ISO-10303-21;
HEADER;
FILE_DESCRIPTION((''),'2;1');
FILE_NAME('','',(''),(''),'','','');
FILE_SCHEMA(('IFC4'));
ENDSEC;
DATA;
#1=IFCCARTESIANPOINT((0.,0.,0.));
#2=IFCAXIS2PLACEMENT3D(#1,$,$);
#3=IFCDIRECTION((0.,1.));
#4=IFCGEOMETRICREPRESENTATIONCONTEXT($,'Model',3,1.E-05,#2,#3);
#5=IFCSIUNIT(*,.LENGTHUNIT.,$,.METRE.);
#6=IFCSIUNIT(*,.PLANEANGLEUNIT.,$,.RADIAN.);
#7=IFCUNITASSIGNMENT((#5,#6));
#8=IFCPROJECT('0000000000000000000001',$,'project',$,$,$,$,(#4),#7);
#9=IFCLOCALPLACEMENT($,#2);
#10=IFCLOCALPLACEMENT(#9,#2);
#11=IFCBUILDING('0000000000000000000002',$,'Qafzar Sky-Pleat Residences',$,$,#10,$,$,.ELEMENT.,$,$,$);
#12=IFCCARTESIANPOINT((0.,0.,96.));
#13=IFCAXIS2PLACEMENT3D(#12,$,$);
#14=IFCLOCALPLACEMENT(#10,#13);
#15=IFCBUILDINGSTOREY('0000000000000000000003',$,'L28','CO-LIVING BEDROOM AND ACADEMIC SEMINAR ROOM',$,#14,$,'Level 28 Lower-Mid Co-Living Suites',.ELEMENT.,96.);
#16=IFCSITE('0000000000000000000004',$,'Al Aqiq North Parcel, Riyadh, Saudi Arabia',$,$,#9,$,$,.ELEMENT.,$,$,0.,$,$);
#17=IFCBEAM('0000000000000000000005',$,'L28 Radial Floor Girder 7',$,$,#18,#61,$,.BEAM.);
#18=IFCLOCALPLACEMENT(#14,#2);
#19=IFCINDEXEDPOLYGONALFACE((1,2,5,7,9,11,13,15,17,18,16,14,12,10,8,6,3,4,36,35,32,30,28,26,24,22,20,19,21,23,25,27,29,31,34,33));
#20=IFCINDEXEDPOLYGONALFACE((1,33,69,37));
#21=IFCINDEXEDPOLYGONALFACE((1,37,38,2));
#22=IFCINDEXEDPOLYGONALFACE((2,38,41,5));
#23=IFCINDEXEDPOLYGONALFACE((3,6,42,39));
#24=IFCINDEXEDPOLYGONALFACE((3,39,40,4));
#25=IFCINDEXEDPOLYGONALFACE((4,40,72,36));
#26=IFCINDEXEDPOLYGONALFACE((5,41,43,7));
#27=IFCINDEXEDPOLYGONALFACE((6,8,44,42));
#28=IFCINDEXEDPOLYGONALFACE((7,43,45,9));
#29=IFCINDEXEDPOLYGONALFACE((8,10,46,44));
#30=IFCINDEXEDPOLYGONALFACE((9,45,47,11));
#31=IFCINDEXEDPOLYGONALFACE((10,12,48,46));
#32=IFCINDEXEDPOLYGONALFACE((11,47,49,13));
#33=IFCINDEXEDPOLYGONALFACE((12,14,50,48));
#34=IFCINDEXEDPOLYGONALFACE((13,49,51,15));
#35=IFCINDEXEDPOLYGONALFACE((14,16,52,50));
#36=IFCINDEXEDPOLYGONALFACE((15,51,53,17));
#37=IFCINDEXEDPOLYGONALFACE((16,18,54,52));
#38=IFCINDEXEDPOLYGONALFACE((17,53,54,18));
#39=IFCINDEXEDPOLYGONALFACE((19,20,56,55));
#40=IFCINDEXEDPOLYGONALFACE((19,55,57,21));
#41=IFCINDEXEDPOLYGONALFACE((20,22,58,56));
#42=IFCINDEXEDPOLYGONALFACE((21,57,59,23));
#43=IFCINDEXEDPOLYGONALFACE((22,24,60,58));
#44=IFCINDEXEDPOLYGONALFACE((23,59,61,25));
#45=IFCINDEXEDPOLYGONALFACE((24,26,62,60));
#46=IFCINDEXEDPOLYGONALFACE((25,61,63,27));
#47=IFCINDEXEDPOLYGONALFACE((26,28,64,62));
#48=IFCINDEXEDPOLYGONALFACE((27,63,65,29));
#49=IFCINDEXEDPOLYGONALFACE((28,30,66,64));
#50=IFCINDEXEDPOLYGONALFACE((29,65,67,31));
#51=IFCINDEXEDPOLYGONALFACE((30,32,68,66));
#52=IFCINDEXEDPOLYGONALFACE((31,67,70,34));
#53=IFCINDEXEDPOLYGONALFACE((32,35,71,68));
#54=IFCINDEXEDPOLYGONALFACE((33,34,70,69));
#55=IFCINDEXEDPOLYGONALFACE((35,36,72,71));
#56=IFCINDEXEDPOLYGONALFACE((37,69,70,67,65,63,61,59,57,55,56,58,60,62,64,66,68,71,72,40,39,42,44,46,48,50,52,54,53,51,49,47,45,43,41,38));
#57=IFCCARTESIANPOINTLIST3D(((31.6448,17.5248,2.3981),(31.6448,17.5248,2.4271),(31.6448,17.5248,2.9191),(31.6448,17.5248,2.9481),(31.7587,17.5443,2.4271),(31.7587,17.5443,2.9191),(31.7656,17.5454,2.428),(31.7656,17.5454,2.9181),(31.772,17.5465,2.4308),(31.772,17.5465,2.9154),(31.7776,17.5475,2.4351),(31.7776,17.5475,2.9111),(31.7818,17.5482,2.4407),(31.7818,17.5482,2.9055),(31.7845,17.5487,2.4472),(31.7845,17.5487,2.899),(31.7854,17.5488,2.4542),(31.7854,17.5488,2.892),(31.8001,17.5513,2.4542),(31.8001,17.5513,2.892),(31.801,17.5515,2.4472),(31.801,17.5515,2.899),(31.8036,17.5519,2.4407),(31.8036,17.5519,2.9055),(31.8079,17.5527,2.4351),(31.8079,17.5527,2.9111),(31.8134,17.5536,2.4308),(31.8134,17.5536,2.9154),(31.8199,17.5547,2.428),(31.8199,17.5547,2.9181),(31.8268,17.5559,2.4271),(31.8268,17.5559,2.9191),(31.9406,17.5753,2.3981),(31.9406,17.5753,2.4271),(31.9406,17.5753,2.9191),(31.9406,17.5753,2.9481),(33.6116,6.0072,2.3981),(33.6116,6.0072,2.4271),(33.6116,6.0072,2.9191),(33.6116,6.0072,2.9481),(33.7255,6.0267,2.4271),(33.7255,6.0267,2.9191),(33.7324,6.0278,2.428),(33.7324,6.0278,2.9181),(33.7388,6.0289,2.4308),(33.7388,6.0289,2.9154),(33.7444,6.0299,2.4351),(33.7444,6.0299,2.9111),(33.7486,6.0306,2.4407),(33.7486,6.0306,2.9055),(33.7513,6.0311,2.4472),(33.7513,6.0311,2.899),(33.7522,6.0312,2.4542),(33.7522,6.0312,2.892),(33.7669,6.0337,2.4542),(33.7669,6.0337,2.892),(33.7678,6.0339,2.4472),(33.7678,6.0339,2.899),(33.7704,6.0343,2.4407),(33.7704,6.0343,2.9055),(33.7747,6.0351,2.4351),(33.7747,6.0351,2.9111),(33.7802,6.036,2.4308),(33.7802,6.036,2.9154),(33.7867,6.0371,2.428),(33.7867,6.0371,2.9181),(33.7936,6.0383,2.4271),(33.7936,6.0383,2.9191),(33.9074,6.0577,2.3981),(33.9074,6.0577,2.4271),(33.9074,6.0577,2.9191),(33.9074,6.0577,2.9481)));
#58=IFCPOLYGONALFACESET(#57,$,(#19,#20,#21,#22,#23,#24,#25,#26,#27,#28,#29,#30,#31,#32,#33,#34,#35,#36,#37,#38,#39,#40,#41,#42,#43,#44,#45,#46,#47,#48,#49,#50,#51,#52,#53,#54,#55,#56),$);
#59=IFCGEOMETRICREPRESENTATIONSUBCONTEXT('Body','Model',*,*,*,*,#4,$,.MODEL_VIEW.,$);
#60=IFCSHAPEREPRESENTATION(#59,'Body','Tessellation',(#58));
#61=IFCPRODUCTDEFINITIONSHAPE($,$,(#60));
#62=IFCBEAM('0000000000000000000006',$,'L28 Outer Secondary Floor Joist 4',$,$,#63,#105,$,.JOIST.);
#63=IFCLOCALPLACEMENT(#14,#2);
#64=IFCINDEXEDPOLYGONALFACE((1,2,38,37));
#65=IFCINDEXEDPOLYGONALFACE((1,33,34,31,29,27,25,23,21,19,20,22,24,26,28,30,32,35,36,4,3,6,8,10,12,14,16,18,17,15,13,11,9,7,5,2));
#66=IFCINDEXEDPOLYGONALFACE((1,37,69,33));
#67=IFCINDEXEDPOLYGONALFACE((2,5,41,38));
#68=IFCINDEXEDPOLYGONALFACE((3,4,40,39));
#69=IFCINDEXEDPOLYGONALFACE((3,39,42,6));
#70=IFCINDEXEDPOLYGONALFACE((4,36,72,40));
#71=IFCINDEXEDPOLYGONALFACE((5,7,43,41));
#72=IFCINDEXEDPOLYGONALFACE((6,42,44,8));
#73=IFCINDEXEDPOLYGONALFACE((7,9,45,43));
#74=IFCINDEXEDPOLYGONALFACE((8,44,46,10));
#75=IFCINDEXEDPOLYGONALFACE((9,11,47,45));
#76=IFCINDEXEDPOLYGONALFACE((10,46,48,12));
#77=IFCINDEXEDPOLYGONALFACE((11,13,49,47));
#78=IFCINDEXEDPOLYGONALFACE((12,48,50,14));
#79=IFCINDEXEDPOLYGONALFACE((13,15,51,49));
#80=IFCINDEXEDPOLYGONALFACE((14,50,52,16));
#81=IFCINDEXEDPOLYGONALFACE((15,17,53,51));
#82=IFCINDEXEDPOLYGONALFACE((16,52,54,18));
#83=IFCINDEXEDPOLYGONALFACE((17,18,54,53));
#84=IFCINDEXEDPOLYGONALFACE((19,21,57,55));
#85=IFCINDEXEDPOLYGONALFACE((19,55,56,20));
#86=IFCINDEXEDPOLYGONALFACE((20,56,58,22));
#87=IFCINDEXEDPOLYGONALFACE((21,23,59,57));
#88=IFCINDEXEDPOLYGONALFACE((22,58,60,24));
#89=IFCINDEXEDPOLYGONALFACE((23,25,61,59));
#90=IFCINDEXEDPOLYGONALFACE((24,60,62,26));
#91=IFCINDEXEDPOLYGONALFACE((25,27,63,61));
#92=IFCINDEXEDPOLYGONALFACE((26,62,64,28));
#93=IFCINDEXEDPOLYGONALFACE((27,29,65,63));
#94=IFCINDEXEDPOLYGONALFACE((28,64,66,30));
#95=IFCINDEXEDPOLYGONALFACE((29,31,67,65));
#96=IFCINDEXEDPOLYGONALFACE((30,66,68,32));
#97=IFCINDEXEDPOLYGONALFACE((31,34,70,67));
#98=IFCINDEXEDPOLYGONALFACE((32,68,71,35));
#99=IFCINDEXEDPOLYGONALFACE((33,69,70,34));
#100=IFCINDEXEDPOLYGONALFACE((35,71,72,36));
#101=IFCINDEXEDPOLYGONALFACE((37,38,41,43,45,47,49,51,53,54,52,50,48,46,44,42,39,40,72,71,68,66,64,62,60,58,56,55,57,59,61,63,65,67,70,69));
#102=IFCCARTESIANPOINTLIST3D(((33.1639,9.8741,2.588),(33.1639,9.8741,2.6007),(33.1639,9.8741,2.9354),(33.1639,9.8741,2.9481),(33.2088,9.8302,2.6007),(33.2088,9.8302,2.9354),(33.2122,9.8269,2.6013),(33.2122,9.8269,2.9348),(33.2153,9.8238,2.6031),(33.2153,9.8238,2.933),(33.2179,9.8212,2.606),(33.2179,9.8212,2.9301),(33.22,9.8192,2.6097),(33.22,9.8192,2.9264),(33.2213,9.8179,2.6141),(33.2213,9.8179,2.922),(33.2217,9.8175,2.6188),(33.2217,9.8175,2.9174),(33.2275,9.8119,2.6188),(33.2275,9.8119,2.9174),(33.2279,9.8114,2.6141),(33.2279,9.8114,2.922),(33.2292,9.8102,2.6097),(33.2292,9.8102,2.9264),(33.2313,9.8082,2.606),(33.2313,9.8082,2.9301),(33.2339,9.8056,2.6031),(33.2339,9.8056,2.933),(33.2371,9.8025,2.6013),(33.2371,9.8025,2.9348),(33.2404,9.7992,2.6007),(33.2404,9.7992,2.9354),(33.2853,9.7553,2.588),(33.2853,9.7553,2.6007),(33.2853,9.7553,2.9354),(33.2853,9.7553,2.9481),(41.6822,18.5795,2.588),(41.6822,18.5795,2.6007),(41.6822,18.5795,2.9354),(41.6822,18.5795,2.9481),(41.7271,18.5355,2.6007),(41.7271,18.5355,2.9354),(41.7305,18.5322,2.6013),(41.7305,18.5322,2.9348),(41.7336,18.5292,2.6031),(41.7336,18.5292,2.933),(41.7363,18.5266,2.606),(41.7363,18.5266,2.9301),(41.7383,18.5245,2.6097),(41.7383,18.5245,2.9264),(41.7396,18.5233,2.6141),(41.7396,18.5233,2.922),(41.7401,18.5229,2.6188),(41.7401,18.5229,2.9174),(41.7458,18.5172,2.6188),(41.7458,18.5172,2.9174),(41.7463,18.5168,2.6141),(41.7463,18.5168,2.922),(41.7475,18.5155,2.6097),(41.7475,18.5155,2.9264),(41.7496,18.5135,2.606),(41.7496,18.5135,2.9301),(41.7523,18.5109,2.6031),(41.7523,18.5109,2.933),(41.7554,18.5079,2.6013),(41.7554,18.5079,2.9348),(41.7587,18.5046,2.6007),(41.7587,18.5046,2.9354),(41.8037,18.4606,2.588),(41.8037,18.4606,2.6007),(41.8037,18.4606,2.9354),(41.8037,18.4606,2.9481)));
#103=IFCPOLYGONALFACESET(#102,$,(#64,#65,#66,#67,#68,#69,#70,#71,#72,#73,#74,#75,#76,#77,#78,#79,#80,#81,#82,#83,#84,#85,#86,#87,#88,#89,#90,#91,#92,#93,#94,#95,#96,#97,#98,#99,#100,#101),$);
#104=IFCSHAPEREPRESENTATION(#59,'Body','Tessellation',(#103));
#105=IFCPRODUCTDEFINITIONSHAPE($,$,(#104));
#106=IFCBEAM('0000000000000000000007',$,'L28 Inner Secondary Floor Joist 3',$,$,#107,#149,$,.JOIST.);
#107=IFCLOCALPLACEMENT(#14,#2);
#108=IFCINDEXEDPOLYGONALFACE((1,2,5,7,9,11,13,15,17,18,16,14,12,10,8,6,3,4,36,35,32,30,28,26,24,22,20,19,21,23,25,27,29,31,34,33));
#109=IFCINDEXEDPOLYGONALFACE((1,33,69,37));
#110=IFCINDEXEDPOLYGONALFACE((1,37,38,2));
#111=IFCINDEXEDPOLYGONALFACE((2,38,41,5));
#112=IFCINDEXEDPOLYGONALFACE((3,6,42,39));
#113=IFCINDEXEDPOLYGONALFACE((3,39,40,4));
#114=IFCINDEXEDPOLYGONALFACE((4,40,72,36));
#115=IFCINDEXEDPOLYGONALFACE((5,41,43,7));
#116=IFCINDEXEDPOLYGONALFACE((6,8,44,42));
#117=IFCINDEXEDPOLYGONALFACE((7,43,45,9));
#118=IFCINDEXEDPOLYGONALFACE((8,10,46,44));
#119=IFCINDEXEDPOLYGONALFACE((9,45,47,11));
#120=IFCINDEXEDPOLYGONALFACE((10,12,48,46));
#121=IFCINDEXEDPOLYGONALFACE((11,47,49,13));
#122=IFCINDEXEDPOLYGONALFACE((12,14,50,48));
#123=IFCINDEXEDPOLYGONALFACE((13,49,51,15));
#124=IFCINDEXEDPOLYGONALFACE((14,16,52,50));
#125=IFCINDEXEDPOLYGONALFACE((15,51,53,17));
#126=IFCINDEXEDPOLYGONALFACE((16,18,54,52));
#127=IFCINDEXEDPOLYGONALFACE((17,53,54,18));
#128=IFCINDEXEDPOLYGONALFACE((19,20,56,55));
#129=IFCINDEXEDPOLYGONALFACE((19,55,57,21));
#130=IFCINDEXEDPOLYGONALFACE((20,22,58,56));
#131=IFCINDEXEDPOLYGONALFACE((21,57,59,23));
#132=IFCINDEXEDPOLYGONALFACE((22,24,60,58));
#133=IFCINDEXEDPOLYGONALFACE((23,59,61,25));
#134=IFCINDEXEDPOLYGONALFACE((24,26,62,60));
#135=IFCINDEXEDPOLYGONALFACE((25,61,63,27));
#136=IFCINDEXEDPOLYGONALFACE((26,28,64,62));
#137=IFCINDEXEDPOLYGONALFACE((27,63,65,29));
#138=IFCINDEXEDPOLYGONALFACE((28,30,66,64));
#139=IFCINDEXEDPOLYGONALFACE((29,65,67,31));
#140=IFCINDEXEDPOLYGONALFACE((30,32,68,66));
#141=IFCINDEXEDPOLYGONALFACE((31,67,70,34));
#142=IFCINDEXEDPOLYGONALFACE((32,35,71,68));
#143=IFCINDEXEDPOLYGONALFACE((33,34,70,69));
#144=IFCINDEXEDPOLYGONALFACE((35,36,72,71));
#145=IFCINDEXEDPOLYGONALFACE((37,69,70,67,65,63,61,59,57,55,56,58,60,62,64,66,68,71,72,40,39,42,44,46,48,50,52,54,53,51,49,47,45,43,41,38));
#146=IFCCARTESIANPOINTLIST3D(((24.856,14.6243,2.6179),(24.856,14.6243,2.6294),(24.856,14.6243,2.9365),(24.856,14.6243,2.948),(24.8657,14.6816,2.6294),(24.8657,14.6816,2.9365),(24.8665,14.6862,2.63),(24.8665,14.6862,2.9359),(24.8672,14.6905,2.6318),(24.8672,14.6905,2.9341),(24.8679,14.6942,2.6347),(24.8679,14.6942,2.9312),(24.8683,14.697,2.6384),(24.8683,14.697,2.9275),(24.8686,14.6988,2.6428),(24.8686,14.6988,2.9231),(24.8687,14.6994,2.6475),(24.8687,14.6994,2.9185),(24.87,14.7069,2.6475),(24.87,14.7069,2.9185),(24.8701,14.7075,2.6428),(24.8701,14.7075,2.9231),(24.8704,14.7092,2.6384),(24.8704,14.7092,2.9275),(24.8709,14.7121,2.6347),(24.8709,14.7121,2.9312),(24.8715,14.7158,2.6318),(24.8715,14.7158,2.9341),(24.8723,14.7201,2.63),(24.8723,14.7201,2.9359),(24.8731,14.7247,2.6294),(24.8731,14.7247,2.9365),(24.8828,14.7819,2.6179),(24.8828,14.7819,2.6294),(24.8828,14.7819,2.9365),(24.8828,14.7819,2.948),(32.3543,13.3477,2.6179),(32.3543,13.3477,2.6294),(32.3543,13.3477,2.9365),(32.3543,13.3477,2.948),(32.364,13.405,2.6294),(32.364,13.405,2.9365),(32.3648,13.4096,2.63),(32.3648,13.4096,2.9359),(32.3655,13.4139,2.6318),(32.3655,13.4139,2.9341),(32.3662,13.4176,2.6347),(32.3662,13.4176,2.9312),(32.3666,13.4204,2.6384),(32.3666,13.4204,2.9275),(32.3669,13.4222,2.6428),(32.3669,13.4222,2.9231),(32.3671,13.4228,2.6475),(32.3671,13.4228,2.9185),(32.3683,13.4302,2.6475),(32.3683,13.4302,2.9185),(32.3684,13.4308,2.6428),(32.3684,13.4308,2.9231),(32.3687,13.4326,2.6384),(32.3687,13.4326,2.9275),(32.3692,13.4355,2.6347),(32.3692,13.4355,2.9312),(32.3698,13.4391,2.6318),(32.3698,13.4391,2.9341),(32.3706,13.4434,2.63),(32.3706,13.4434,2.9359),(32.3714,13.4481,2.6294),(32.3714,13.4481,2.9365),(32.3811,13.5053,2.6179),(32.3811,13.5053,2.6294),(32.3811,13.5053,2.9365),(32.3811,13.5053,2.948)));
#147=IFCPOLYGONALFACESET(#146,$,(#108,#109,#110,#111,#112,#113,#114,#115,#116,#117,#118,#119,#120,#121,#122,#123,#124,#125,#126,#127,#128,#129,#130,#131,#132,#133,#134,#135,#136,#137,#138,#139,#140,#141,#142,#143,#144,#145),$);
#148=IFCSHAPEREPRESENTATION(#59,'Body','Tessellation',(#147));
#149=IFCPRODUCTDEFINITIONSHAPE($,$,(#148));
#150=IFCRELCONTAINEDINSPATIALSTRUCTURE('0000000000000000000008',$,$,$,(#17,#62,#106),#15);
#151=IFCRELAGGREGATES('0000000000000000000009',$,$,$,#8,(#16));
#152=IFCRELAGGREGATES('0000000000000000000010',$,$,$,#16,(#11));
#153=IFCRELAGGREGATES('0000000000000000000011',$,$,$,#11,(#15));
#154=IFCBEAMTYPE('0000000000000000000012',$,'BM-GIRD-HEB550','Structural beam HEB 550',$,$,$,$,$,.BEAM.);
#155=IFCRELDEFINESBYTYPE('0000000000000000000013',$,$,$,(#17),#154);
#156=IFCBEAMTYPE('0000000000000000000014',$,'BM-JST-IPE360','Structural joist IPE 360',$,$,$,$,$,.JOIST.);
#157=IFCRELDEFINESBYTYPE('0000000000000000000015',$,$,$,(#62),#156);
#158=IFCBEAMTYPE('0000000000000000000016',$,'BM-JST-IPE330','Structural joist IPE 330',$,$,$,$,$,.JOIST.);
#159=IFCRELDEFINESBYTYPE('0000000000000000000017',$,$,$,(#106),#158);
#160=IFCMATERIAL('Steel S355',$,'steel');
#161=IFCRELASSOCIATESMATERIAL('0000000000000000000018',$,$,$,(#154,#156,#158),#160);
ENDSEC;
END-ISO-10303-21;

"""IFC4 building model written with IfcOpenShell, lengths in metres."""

from ifc_helpers import new_model, si_unit, direction, frame, origin, origin_2d, place, context, subcontext, project, spatial, i_section, extrude, source, transform, mapped, material, material_profile, profile_set, type_object, element, save


model = new_model("IFC4")

# Units and contexts
model_context = context("Model", 3, precision=1e-05, world=origin(), true_north=direction((0.0, 1.0)))
body_context = subcontext(model_context, "Body", "Model", "MODEL_VIEW")
ifc_project = project(units=[si_unit("LENGTHUNIT", "METRE"), si_unit("PLANEANGLEUNIT", "RADIAN")], contexts=[model_context])

# Site, building, storey
site_placement = place(None, origin())
site = spatial("IfcSite", under=ifc_project, at=site_placement, Name="Al Aqiq North Parcel, Riyadh, Saudi Arabia", CompositionType="ELEMENT", RefElevation=0.0)
building_placement = place(site_placement, origin())
building = spatial("IfcBuilding", under=site, at=building_placement, Name="Qafzar Sky-Pleat Residences", CompositionType="ELEMENT")
storey_placement = place(building_placement, frame((0.0, 0.0, 96.0)))
storey = spatial("IfcBuildingStorey", under=building, at=storey_placement, Name="L28", Description="CO-LIVING BEDROOM AND ACADEMIC SEMINAR ROOM", LongName="Level 28 Lower-Mid Co-Living Suites", CompositionType="ELEMENT", Elevation=96.0)

# Beams
ifc_material_1 = material(Name="Steel S355", Category="steel")
ifc_material_profile_1 = material_profile(ifc_material_1, i_section(OverallWidth=0.3, OverallDepth=0.55, WebThickness=0.0149, FlangeThickness=0.0291, FilletRadius=0.0271, at=origin_2d()), Name="HEB 550")
ifc_profile_set_1 = profile_set([ifc_material_profile_1], Name="Steel S355")
beam_type_1 = type_object("IfcBeamType", Name="BM-GIRD-HEB550", Description="Structural beam HEB 550", PredefinedType="BEAM", material=ifc_profile_set_1)
shared_shape_1 = source(origin(), body_context, "Body", "SweptSolid", [
    extrude(i_section(OverallWidth=0.3, OverallDepth=0.55, WebThickness=0.0149, FlangeThickness=0.0291, FilletRadius=0.0271, at=origin_2d()), origin(), (0.0, 0.0, 1.0), 11.6843),
])
beam_1_placement = place(storey_placement, frame((33.7595, 6.0325, 2.6731), z_axis=(-0.168328, 0.985731, 0.0), x_axis=(-0.985731, -0.168328, 0.0)))
element("IfcBeam", 1, at=beam_1_placement, inside=storey, type_object=beam_type_1, Name="L28 Radial Floor Girder 7", PredefinedType="BEAM", context=body_context, shape_type="MappedRepresentation", body=[
    mapped(shared_shape_1, transform((0.0, 0.0, 0.0), x_axis=(1.0, 0.0, 0.0), y_axis=(0.0, 1.0, 0.0), z_axis=(0.0, 0.0, 1.0), scale=1.0)),
])
ifc_material_profile_2 = material_profile(ifc_material_1, i_section(OverallWidth=0.1699, OverallDepth=0.3601, WebThickness=0.0081, FlangeThickness=0.0127, FilletRadius=0.0181, at=origin_2d()), Name="IPE 360")
ifc_profile_set_2 = profile_set([ifc_material_profile_2], Name="Steel S355")
beam_type_2 = type_object("IfcBeamType", Name="BM-JST-IPE360", Description="Structural joist IPE 360", PredefinedType="JOIST", material=ifc_profile_set_2)
shared_shape_2 = source(origin(), body_context, "Body", "SweptSolid", [
    extrude(i_section(OverallWidth=0.1699, OverallDepth=0.3601, WebThickness=0.0081, FlangeThickness=0.0127, FilletRadius=0.0181, at=origin_2d()), origin(), (0.0, 0.0, 1.0), 12.1797),
])
beam_2_placement = place(storey_placement, frame((33.2246, 9.8147, 2.7681), z_axis=(0.699388, 0.714742, 0.0), x_axis=(-0.714742, 0.699388, 0.0)))
element("IfcBeam", 2, at=beam_2_placement, inside=storey, type_object=beam_type_2, Name="L28 Outer Secondary Floor Joist 4", PredefinedType="JOIST", context=body_context, shape_type="MappedRepresentation", body=[
    mapped(shared_shape_2, transform((0.0, 0.0, 0.0), x_axis=(1.0, 0.0, 0.0), y_axis=(0.0, 1.0, 0.0), z_axis=(0.0, 0.0, 1.0), scale=1.0)),
])
ifc_material_profile_3 = material_profile(ifc_material_1, i_section(OverallWidth=0.1599, OverallDepth=0.3301, WebThickness=0.0076, FlangeThickness=0.0115, FilletRadius=0.0181, at=origin_2d()), Name="IPE 330")
ifc_profile_set_3 = profile_set([ifc_material_profile_3], Name="Steel S355")
beam_type_3 = type_object("IfcBeamType", Name="BM-JST-IPE330", Description="Structural joist IPE 330", PredefinedType="JOIST", material=ifc_profile_set_3)
shared_shape_3 = source(origin(), body_context, "Body", "SweptSolid", [
    extrude(i_section(OverallWidth=0.1599, OverallDepth=0.3301, WebThickness=0.0076, FlangeThickness=0.0115, FilletRadius=0.0181, at=origin_2d()), origin(), (0.0, 0.0, 1.0), 7.6062),
])
beam_3_placement = place(storey_placement, frame((24.8694, 14.7031, 2.783), z_axis=(0.985815, -0.167839, 0.0), x_axis=(0.167839, 0.985815, 0.0)))
element("IfcBeam", 3, at=beam_3_placement, inside=storey, type_object=beam_type_3, Name="L28 Inner Secondary Floor Joist 3", PredefinedType="JOIST", context=body_context, shape_type="MappedRepresentation", body=[
    mapped(shared_shape_3, transform((0.0, 0.0, 0.0), x_axis=(1.0, 0.0, 0.0), y_axis=(0.0, 1.0, 0.0), z_axis=(0.0, 0.0, 1.0), scale=1.0)),
])

save(model, "model.ifc")
